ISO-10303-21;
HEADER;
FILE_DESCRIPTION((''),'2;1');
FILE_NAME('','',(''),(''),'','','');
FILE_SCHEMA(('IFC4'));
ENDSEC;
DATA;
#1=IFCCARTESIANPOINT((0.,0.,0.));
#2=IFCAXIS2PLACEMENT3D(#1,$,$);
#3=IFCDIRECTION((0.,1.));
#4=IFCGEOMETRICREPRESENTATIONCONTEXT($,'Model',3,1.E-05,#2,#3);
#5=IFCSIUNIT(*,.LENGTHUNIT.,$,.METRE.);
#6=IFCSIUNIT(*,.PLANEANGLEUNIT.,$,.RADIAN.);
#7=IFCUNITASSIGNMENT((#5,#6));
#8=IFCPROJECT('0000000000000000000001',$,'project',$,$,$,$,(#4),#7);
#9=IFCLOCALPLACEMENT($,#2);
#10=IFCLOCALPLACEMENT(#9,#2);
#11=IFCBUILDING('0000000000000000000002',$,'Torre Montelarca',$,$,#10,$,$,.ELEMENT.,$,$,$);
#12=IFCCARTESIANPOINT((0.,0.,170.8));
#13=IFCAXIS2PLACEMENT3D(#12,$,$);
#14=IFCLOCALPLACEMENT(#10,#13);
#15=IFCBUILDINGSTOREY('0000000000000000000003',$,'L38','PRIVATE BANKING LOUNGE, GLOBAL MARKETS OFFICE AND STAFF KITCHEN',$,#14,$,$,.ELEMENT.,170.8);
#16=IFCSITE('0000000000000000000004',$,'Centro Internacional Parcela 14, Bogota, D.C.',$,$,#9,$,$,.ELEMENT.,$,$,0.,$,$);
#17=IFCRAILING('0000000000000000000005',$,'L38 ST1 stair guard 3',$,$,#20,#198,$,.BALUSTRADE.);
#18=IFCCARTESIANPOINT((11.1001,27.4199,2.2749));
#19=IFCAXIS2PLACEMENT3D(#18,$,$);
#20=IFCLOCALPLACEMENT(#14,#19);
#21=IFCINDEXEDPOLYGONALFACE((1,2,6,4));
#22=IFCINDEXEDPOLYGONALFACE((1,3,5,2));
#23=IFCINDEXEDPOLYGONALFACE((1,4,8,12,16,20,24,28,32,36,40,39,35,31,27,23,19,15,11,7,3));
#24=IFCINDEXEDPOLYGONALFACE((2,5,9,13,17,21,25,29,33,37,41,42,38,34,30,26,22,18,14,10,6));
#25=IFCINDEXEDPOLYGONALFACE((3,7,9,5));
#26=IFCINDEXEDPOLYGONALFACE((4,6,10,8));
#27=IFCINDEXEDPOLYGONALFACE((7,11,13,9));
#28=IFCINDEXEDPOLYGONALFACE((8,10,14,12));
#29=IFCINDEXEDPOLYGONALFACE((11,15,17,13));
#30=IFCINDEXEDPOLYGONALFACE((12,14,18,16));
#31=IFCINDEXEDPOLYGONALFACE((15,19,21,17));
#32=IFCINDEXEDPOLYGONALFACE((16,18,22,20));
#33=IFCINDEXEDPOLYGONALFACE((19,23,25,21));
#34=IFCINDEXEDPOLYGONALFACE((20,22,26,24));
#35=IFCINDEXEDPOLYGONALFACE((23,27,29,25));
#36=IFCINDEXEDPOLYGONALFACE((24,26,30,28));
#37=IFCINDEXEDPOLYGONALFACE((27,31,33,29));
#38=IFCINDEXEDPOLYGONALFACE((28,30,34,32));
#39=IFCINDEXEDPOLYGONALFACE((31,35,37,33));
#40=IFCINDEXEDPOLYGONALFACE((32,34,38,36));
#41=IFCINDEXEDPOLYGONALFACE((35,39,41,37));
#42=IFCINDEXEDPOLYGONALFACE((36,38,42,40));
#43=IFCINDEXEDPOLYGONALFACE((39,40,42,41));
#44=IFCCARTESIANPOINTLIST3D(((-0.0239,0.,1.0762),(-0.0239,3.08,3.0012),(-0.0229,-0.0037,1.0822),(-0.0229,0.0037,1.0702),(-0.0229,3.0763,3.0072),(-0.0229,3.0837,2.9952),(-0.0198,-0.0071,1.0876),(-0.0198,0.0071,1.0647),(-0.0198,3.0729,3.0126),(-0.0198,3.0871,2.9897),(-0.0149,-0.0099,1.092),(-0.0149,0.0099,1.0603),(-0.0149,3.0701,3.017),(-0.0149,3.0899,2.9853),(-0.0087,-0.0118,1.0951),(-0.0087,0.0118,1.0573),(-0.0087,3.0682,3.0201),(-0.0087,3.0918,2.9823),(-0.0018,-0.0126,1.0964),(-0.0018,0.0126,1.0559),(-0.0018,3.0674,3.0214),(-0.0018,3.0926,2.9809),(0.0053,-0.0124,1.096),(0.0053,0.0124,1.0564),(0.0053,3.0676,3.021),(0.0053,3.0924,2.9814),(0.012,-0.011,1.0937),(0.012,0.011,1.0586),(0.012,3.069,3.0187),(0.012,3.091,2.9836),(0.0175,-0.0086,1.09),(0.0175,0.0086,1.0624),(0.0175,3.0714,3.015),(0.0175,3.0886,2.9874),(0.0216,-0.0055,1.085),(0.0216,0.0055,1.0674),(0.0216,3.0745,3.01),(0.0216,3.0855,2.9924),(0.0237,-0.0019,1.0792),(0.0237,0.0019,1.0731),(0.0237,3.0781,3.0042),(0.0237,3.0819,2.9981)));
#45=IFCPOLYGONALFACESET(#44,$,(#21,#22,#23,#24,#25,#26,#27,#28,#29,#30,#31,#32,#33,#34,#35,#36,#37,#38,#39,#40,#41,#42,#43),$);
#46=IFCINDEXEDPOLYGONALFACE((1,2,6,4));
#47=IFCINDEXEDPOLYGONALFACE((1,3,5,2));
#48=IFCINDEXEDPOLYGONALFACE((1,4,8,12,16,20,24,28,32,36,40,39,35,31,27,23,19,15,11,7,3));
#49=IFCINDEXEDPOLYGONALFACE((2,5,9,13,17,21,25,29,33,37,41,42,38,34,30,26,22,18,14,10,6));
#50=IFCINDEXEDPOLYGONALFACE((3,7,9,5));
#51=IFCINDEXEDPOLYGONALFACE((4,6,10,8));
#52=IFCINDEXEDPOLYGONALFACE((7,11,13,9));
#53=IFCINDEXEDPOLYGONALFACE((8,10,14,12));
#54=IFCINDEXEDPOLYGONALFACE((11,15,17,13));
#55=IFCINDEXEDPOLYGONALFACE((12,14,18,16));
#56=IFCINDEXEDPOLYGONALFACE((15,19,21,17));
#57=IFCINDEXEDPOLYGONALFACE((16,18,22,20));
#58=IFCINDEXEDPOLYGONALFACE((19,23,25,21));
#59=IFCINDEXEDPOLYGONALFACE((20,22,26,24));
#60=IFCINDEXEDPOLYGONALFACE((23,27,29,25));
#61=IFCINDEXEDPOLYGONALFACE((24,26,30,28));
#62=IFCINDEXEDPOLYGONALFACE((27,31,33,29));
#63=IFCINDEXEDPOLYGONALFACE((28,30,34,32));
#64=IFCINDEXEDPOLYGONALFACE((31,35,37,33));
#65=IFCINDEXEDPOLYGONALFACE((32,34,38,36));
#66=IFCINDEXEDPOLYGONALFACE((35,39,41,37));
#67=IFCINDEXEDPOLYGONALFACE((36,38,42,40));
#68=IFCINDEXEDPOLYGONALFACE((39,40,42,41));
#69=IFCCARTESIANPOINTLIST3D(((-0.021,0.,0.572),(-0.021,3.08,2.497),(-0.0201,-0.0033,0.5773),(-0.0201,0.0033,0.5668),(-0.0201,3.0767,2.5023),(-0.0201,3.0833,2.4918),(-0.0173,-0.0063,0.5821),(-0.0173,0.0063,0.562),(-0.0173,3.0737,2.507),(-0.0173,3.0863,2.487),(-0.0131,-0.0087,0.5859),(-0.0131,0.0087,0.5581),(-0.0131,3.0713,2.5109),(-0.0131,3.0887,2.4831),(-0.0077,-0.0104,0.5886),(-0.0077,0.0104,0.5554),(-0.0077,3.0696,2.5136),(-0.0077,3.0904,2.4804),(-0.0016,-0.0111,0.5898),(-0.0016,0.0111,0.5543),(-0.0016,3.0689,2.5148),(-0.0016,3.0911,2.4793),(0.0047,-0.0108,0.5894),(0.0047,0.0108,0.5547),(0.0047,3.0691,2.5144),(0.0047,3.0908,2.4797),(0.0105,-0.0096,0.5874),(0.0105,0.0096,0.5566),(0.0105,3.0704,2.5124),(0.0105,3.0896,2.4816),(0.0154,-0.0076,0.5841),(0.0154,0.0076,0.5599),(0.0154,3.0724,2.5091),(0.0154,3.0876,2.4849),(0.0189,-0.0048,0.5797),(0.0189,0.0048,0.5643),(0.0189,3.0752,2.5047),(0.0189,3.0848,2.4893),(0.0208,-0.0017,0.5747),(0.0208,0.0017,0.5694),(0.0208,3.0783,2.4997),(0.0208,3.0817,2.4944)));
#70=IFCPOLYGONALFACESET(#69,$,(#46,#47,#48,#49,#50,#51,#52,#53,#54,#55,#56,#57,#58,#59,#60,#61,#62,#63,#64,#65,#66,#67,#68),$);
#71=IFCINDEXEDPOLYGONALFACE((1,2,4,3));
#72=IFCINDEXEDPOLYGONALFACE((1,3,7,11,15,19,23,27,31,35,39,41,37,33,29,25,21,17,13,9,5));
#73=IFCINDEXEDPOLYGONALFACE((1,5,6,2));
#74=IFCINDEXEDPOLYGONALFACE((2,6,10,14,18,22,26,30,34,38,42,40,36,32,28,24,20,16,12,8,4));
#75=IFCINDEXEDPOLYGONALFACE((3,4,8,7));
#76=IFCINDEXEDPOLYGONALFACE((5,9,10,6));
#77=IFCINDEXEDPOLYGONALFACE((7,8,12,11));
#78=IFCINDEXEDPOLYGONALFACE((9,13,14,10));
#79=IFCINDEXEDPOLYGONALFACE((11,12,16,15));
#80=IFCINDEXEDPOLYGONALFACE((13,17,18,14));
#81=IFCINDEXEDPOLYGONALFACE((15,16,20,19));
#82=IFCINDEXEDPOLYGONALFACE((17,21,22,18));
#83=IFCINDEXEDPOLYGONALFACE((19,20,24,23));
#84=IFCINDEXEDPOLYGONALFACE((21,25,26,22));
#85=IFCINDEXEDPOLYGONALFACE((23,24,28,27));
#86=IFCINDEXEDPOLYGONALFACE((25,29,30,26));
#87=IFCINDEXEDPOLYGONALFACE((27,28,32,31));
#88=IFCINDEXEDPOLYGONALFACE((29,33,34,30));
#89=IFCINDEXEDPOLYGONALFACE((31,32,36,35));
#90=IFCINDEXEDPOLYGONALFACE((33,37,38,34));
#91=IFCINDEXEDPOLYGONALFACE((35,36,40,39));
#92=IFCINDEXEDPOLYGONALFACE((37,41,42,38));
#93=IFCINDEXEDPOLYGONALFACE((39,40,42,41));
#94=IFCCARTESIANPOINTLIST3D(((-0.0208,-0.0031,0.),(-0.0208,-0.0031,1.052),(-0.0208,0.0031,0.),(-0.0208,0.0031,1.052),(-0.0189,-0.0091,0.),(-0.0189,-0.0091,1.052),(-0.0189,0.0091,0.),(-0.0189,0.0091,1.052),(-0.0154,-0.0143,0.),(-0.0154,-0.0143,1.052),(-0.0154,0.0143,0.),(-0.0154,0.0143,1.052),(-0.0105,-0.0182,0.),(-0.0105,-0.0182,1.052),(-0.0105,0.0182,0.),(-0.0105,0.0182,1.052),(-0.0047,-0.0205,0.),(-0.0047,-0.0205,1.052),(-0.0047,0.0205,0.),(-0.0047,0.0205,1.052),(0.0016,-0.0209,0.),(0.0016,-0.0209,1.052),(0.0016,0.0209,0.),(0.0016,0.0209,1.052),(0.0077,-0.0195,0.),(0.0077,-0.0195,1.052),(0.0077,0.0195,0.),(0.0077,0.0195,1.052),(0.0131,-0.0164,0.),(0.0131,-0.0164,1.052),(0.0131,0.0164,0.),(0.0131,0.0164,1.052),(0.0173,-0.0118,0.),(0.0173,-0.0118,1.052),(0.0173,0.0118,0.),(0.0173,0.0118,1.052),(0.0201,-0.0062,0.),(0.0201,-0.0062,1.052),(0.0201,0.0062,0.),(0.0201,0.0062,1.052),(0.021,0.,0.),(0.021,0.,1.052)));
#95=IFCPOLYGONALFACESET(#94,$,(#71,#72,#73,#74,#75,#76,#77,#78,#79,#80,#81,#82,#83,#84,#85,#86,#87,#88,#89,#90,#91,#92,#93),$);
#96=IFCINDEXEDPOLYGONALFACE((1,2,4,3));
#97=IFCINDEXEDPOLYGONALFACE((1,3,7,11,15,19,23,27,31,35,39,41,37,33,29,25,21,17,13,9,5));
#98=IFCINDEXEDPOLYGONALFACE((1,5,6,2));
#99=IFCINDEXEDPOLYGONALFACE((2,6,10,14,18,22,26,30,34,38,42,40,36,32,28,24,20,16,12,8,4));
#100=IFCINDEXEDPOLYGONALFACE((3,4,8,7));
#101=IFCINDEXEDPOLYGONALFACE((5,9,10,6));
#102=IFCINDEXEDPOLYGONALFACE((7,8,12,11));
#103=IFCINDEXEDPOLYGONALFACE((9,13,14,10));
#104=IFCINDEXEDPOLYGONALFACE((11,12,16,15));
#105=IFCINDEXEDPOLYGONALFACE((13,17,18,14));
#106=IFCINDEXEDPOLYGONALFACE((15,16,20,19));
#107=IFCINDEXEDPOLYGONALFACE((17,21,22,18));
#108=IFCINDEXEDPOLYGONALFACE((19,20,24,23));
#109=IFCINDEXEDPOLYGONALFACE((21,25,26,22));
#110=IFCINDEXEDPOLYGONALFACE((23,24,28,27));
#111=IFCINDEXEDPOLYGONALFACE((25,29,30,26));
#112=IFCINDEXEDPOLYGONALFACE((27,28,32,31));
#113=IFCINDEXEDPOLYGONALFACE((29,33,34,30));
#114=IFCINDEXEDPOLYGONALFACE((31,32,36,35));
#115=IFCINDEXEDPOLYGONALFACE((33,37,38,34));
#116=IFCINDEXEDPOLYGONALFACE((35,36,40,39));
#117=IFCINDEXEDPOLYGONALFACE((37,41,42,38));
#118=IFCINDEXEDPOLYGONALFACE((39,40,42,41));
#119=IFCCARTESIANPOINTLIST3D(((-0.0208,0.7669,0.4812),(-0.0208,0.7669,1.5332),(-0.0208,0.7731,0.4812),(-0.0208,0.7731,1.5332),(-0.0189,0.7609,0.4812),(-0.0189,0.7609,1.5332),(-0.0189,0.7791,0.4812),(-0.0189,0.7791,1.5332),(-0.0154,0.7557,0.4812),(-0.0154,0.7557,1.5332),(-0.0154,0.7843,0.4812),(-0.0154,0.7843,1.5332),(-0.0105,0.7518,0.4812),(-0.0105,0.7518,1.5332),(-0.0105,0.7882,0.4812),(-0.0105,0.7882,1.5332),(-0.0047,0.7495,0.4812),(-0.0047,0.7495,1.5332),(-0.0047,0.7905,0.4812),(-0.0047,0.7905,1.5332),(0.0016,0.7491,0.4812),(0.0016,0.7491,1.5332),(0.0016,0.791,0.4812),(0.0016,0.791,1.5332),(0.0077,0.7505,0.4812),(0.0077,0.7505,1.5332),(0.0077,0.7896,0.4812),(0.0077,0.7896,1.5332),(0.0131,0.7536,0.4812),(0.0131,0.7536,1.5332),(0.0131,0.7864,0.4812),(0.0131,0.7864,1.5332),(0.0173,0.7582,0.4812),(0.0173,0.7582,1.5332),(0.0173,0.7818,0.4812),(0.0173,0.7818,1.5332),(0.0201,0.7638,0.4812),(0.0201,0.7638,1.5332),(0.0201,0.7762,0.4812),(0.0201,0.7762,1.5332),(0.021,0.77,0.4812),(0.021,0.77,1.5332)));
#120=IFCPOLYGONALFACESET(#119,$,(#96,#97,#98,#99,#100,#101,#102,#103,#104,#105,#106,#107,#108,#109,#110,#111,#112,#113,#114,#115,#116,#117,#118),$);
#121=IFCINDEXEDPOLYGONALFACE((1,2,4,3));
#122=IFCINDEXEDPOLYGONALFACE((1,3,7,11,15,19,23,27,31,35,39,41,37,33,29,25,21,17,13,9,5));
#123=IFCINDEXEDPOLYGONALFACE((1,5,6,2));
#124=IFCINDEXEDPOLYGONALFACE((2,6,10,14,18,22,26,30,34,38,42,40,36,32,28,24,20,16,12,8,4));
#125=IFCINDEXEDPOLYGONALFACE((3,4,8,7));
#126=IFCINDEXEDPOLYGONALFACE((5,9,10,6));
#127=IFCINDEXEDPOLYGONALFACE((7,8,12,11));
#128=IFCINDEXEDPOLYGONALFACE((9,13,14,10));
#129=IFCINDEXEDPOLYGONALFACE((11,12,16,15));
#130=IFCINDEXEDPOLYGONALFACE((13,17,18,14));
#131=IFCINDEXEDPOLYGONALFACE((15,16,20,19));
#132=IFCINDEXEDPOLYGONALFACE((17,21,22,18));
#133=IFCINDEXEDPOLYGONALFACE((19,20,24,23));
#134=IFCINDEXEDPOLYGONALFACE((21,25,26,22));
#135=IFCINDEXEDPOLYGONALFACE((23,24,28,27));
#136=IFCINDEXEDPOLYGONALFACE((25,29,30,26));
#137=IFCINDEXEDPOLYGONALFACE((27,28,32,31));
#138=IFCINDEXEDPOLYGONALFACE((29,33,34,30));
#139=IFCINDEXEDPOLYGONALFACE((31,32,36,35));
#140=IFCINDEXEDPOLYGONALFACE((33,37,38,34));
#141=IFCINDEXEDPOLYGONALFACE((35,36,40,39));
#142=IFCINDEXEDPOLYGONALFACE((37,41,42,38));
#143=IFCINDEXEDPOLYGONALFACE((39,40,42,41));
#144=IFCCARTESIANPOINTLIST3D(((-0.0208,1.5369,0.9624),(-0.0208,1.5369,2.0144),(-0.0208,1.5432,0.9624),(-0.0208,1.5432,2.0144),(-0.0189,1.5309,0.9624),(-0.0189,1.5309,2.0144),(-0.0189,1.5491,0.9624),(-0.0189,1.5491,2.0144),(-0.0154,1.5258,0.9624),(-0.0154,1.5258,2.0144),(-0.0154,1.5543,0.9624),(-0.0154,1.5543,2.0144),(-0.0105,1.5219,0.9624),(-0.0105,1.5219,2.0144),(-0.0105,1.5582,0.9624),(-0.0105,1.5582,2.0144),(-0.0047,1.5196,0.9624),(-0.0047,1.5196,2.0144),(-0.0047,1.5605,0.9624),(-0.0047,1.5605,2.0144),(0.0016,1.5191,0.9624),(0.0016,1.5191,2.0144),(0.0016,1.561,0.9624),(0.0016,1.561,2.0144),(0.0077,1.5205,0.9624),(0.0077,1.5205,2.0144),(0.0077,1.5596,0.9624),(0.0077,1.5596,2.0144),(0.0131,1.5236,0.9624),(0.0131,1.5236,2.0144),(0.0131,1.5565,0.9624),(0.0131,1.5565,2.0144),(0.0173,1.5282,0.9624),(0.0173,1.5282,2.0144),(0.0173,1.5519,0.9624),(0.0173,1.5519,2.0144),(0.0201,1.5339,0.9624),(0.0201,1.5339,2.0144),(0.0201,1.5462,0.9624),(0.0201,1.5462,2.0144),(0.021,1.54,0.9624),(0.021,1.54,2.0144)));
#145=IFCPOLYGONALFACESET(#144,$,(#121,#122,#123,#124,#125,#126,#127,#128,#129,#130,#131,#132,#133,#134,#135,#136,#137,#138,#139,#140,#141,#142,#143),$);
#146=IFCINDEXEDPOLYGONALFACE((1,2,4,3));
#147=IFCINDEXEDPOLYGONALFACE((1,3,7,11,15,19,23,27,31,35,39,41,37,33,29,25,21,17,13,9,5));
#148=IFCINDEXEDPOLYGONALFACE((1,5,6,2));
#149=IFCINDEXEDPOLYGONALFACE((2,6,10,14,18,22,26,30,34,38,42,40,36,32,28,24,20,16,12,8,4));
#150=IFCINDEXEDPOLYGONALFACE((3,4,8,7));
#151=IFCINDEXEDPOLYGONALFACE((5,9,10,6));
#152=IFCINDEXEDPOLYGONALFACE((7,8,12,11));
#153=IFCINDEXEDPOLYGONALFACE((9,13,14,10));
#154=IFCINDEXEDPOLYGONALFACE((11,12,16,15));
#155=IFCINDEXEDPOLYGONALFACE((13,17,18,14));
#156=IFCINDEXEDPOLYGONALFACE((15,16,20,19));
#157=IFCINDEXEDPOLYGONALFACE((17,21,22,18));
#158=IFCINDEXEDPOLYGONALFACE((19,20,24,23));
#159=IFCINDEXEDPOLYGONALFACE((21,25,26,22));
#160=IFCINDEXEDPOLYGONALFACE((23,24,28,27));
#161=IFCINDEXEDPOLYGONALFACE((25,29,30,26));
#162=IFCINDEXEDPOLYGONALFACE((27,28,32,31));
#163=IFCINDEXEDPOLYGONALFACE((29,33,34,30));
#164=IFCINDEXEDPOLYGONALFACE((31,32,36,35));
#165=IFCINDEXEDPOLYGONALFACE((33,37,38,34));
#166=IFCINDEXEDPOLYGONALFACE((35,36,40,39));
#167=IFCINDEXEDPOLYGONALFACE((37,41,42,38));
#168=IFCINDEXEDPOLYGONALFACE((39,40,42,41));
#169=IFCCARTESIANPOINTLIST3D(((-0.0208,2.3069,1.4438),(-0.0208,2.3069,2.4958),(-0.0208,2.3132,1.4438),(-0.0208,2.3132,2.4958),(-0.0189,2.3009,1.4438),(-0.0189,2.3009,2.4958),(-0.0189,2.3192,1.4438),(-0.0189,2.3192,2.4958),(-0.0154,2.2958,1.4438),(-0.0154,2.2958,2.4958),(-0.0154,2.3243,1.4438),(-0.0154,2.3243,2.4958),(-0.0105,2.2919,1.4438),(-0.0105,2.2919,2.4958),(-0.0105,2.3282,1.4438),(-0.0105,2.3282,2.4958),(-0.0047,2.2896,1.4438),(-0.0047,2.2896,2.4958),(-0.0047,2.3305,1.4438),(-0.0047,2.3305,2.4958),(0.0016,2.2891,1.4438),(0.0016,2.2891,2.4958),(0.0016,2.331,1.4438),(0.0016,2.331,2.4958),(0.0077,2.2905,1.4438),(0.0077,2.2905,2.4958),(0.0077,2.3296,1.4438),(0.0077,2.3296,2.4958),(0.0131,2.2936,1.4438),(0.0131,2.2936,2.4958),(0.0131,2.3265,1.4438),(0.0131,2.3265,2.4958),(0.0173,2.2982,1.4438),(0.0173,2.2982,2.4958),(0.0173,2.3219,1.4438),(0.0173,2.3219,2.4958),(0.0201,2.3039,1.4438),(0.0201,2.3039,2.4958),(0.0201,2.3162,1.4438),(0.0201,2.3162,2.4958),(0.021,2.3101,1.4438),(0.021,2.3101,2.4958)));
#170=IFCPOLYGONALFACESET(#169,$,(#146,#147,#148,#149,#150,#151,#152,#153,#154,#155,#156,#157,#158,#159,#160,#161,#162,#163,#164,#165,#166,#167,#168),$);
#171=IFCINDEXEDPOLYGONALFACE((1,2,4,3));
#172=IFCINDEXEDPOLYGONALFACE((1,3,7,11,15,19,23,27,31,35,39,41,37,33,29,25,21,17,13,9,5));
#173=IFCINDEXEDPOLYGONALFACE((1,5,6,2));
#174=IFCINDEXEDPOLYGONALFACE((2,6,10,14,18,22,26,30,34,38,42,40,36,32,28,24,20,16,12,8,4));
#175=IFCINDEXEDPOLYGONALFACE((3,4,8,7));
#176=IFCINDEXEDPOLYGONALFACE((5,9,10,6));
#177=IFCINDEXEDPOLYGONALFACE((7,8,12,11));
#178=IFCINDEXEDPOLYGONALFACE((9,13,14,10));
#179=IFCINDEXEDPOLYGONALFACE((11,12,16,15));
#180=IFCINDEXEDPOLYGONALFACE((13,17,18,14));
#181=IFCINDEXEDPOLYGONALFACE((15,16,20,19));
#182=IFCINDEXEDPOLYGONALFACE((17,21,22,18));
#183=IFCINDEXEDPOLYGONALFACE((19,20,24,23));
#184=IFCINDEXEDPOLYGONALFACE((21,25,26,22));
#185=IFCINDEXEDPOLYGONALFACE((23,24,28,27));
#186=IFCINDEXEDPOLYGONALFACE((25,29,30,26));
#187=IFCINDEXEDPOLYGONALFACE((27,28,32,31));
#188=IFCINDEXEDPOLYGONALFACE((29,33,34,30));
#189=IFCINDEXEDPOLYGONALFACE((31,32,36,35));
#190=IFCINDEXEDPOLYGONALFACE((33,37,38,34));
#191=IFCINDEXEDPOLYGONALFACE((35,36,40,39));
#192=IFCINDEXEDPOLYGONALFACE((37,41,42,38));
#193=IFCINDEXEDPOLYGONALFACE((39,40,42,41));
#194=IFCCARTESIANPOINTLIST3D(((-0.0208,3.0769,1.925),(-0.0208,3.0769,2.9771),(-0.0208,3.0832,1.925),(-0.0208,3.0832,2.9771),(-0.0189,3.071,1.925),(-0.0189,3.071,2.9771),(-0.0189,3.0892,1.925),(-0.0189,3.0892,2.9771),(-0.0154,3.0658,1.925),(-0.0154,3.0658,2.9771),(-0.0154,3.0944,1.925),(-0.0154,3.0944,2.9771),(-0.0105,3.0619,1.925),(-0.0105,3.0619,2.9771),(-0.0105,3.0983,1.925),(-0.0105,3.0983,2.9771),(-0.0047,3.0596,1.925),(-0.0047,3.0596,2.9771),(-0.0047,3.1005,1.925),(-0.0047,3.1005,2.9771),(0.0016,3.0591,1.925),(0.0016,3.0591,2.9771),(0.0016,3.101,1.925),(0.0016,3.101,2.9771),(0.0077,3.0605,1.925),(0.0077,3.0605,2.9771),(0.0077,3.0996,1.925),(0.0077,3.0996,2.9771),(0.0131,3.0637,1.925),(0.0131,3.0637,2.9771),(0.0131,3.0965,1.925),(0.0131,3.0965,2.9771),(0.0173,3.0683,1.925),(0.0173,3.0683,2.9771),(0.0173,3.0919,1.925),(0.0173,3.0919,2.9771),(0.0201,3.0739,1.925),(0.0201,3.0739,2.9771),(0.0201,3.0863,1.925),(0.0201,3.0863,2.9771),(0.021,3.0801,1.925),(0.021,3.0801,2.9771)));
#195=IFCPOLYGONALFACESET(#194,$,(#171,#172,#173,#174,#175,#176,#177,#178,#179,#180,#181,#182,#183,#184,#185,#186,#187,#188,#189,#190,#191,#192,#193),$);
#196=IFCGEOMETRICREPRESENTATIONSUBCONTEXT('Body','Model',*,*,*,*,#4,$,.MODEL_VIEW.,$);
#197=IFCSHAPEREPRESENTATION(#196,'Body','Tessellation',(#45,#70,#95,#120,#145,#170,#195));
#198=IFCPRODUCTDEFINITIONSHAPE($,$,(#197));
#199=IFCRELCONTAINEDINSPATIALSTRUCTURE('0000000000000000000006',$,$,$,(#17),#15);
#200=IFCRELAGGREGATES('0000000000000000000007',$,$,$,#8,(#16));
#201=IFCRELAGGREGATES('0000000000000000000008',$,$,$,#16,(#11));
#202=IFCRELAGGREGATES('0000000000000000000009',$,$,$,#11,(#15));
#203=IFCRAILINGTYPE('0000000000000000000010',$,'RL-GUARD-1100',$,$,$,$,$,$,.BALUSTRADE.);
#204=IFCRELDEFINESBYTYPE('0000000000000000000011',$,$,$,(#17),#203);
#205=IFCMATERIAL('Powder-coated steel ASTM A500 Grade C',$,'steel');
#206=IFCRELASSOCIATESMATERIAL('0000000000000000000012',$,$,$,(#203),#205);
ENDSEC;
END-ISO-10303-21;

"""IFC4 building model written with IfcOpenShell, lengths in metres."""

from ifc_helpers import new_model, si_unit, direction, frame, origin, origin_2d, place, context, subcontext, project, spatial, circle, extrude, material, type_object, element, save


model = new_model("IFC4")

# Units and contexts
model_context = context("Model", 3, precision=1e-05, world=origin(), true_north=direction((0.0, 1.0)))
body_context = subcontext(model_context, "Body", "Model", "MODEL_VIEW")
ifc_project = project(units=[si_unit("LENGTHUNIT", "METRE"), si_unit("PLANEANGLEUNIT", "RADIAN")], contexts=[model_context])

# Site, building, storey
site_placement = place(None, origin())
site = spatial("IfcSite", under=ifc_project, at=site_placement, Name="Centro Internacional Parcela 14, Bogota, D.C.", CompositionType="ELEMENT", RefElevation=0.0)
building_placement = place(site_placement, origin())
building = spatial("IfcBuilding", under=site, at=building_placement, Name="Torre Montelarca", CompositionType="ELEMENT")
storey_placement = place(building_placement, frame((0.0, 0.0, 170.8)))
storey = spatial("IfcBuildingStorey", under=building, at=storey_placement, Name="L38", Description="PRIVATE BANKING LOUNGE, GLOBAL MARKETS OFFICE AND STAFF KITCHEN", CompositionType="ELEMENT", Elevation=170.8)

# Railing
ifc_material_1 = material(Name="Powder-coated steel ASTM A500 Grade C", Category="steel")
railing_type_1 = type_object("IfcRailingType", Name="RL-GUARD-1100", PredefinedType="BALUSTRADE", material=ifc_material_1)
railing_1_placement = place(storey_placement, frame((11.1001, 27.4199, 2.2749)))
element("IfcRailing", 1, at=railing_1_placement, inside=storey, type_object=railing_type_1, Name="L38 ST1 stair guard 3", PredefinedType="BALUSTRADE", context=body_context, shape_type="SweptSolid", body=[
    extrude(circle(Radius=0.0239, at=origin_2d()), frame((0.0, 0.0, 1.0762), z_axis=(0.0, 0.847998, 0.529999), x_axis=(-1.0, 0.0, 0.0)), (0.0, 0.0, 1.0), 3.6321),
    extrude(circle(Radius=0.021, at=origin_2d()), frame((0.0, 0.0, 0.572), z_axis=(0.0, 0.847998, 0.529999), x_axis=(-1.0, 0.0, 0.0)), (0.0, 0.0, 1.0), 3.6321),
    extrude(circle(Radius=0.021, at=origin_2d()), origin(), (0.0, 0.0, 1.0), 1.052),
    extrude(circle(Radius=0.021, at=origin_2d()), frame((0.0, 0.77, 0.4812)), (0.0, 0.0, 1.0), 1.052),
    extrude(circle(Radius=0.021, at=origin_2d()), frame((0.0, 1.54, 0.9624)), (0.0, 0.0, 1.0), 1.052),
    extrude(circle(Radius=0.021, at=origin_2d()), frame((0.0, 2.3101, 1.4438)), (0.0, 0.0, 1.0), 1.052),
    extrude(circle(Radius=0.021, at=origin_2d()), frame((0.0, 3.0801, 1.925)), (0.0, 0.0, 1.0), 1.052),
])

save(model, "model.ifc")
